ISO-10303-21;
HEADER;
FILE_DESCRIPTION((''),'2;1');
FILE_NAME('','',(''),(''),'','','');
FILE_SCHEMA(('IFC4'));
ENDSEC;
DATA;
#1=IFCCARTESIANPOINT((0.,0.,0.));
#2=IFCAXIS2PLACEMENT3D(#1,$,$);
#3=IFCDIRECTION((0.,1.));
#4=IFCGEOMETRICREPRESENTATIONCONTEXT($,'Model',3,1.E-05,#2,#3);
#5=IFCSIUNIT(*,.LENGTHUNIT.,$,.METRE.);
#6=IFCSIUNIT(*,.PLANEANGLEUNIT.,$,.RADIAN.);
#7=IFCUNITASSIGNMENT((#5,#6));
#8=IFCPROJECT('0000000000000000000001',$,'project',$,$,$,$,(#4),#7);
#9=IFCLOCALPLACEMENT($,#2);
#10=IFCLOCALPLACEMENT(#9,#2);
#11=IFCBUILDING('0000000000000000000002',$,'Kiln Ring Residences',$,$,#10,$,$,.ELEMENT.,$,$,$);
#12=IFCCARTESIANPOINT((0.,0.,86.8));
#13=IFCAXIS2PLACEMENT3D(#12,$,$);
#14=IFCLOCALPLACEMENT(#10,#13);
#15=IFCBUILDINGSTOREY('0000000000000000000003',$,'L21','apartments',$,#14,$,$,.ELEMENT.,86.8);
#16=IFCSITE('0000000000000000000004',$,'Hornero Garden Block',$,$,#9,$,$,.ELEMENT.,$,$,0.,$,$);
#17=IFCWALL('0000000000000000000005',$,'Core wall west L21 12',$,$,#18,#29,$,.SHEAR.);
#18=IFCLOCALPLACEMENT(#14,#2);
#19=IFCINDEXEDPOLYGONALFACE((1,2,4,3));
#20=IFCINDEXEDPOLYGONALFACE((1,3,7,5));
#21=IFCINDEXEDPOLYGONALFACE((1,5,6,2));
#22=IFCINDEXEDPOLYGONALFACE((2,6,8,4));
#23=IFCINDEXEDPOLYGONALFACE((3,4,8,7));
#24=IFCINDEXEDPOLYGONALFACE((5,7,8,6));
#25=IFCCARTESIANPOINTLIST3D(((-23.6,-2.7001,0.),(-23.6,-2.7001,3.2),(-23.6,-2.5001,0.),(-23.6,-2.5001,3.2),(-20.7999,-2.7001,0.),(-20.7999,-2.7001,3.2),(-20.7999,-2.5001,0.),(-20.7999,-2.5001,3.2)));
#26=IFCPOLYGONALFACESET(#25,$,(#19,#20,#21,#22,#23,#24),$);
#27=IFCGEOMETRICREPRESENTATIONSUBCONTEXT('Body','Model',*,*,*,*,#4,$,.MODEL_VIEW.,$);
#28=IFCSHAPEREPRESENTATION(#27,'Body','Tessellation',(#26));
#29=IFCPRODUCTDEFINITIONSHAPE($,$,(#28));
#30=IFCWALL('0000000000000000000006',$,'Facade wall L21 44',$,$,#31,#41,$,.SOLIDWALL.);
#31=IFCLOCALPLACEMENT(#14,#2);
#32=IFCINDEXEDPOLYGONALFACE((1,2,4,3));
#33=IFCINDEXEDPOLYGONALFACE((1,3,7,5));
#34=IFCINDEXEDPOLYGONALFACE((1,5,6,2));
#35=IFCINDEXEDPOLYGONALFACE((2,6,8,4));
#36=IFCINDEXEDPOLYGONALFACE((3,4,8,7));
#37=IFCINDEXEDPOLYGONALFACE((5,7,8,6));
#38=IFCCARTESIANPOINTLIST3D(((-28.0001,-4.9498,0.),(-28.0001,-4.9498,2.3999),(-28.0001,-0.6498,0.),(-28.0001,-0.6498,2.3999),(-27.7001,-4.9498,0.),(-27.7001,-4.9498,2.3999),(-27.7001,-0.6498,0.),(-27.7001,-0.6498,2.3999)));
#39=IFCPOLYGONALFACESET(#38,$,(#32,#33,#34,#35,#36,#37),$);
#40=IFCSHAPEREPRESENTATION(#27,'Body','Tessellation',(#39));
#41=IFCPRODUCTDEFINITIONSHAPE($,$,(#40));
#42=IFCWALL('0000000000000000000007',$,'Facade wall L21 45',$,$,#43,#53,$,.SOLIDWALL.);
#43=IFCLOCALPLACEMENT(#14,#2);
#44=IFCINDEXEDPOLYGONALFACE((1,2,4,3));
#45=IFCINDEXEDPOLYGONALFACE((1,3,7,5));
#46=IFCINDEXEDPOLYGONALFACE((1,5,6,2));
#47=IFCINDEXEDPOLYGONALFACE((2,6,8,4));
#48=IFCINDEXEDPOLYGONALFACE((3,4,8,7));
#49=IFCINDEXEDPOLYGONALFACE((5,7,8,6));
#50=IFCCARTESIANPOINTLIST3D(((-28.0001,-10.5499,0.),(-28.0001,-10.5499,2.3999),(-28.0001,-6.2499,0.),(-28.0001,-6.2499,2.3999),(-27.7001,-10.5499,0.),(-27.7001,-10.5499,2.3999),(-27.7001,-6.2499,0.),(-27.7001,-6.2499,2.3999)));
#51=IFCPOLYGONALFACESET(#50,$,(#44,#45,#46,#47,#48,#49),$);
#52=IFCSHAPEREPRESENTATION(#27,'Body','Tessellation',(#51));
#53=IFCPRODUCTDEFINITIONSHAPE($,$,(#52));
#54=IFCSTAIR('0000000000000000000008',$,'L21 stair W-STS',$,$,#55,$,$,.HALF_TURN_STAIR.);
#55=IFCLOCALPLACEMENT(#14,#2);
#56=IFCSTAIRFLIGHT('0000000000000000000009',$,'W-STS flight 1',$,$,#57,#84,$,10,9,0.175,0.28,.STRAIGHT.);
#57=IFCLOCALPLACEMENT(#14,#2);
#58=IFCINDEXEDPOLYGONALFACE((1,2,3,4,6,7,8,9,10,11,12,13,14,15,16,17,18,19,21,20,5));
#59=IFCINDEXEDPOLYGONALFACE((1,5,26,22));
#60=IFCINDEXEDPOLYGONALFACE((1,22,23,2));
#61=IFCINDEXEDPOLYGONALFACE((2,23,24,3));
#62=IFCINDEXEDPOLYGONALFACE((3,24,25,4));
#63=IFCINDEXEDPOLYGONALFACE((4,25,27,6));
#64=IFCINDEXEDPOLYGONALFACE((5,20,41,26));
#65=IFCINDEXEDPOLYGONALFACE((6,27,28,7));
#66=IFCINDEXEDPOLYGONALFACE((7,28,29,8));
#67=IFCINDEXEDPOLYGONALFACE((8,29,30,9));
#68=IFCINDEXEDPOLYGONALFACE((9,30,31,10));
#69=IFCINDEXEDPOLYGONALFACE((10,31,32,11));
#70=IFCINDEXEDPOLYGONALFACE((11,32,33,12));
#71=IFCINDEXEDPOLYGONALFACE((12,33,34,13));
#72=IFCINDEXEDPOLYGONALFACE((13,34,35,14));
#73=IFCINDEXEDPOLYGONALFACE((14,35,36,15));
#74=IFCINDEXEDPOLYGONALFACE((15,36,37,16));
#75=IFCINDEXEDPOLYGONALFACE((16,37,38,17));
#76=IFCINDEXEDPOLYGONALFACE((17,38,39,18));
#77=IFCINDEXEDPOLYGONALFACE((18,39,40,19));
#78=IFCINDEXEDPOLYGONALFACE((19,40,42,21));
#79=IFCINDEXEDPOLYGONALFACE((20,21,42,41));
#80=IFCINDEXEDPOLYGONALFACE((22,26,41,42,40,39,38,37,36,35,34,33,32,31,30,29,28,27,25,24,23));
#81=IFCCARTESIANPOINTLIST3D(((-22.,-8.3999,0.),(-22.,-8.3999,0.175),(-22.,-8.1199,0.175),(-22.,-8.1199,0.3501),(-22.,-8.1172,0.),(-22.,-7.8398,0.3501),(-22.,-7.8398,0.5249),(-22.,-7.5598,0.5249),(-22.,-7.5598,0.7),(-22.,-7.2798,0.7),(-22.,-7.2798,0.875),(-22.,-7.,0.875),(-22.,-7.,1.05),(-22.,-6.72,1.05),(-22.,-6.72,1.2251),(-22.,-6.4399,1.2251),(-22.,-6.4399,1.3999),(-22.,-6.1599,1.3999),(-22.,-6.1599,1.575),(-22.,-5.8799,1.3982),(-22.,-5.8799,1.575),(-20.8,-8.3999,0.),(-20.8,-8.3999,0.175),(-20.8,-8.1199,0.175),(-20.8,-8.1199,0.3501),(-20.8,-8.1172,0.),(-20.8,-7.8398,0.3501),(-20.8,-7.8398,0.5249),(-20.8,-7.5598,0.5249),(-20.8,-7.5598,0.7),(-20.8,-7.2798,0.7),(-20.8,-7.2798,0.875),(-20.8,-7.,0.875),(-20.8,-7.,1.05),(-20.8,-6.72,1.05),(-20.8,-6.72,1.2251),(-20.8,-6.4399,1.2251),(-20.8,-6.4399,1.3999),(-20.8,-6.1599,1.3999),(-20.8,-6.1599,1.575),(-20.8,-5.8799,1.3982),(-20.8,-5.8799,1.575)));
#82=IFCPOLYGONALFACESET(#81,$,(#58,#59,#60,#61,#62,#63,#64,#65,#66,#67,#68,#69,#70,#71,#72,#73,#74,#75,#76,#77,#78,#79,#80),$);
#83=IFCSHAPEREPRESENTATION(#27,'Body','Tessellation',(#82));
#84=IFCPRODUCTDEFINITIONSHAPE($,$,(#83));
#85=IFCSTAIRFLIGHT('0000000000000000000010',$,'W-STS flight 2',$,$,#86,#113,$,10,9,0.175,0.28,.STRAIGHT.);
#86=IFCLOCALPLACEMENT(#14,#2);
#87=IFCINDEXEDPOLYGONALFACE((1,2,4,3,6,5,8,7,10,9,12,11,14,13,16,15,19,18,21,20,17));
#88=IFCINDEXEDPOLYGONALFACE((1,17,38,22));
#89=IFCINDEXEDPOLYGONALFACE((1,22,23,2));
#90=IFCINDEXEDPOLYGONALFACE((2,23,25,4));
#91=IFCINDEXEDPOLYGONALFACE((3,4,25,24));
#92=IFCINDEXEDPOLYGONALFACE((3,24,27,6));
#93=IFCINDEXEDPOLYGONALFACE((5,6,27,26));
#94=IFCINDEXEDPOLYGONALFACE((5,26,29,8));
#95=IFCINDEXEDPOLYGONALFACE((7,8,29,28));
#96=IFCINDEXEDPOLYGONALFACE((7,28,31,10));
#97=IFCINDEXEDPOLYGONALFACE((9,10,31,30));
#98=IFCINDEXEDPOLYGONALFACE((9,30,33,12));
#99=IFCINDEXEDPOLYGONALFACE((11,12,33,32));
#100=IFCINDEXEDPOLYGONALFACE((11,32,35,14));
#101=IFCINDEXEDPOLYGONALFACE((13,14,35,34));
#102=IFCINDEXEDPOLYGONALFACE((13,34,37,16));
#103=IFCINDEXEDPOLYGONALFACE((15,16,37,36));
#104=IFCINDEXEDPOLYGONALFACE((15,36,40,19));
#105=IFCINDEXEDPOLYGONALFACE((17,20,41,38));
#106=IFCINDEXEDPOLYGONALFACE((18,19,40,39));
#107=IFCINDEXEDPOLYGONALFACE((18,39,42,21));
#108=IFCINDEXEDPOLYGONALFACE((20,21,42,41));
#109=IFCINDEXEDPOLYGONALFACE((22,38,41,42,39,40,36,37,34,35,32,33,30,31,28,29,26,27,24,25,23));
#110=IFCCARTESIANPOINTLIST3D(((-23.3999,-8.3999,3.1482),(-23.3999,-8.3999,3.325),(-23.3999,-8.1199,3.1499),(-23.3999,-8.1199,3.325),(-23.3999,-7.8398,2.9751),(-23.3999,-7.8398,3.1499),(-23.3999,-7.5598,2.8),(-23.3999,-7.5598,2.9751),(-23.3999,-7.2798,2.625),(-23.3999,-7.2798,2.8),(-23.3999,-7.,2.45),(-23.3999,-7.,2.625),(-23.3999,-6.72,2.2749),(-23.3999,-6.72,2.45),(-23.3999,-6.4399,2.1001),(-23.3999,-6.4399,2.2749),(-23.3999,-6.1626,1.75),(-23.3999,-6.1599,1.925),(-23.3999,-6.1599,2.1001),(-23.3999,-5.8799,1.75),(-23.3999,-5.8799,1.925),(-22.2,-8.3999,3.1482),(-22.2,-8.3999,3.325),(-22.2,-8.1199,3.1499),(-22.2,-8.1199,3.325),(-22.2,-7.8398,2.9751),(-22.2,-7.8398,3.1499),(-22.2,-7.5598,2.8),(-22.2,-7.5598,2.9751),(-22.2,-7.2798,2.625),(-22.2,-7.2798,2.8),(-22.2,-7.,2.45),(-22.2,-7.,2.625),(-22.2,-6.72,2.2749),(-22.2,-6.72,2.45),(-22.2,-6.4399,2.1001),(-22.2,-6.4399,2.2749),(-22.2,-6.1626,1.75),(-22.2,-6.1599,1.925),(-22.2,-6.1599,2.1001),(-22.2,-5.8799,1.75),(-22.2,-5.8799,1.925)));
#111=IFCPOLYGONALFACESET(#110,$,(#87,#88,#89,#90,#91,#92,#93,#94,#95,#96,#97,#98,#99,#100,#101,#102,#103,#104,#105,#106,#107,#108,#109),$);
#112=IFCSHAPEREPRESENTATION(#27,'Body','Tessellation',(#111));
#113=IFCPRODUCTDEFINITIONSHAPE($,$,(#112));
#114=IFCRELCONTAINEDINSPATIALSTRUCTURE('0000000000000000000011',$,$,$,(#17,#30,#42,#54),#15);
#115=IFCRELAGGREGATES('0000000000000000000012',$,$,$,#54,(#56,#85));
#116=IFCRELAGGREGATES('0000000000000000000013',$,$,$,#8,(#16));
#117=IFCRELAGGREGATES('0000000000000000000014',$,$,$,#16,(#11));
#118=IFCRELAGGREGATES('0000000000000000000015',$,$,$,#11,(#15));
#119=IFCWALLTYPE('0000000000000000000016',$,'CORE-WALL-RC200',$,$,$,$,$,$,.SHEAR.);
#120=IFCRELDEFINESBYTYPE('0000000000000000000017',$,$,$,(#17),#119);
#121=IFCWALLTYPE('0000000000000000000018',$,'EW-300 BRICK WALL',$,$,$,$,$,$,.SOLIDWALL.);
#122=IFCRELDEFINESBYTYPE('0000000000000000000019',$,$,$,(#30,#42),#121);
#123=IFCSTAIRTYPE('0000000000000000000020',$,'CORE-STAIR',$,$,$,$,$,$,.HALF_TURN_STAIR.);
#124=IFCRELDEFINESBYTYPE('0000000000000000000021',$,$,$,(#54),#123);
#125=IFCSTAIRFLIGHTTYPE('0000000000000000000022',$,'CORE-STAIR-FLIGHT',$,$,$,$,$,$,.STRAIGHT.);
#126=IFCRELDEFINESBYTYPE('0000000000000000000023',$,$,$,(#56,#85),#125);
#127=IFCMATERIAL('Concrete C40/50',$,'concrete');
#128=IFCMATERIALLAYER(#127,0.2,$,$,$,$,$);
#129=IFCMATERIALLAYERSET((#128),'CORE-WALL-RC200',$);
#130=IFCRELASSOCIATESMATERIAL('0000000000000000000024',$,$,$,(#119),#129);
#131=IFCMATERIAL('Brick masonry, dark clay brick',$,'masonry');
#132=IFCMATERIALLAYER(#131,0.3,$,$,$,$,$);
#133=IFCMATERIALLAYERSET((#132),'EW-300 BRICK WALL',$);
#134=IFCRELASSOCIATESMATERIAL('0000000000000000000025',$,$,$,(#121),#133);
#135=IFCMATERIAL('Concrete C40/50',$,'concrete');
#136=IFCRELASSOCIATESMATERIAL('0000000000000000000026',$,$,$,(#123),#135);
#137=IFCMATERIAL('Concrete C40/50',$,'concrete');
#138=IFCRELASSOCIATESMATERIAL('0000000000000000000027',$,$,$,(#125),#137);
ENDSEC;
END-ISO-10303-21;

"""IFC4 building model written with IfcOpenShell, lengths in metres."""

from ifc_helpers import new_model, si_unit, direction, frame, frame_2d, origin, place, context, subcontext, project, spatial, polyline, rectangle, outline, extrude, material, layer, layer_set, type_object, element, aggregate, save


model = new_model("IFC4")

# Units and contexts
model_context = context("Model", 3, precision=1e-05, world=origin(), true_north=direction((0.0, 1.0)))
body_context = subcontext(model_context, "Body", "Model", "MODEL_VIEW")
ifc_project = project(units=[si_unit("LENGTHUNIT", "METRE"), si_unit("PLANEANGLEUNIT", "RADIAN")], contexts=[model_context])

# Site, building, storey
site_placement = place(None, origin())
site = spatial("IfcSite", under=ifc_project, at=site_placement, Name="Hornero Garden Block", CompositionType="ELEMENT", RefElevation=0.0)
building_placement = place(site_placement, origin())
building = spatial("IfcBuilding", under=site, at=building_placement, Name="Kiln Ring Residences", CompositionType="ELEMENT")
storey_placement = place(building_placement, frame((0.0, 0.0, 86.8)))
storey = spatial("IfcBuildingStorey", under=building, at=storey_placement, Name="L21", Description="apartments", CompositionType="ELEMENT", Elevation=86.8)

# Walls
ifc_material_1 = material(Name="Concrete C40/50", Category="concrete")
ifc_layer_1 = layer(ifc_material_1, 0.2)
ifc_layer_set_1 = layer_set([ifc_layer_1], Name="CORE-WALL-RC200")
wall_type_1 = type_object("IfcWallType", Name="CORE-WALL-RC200", PredefinedType="SHEAR", material=ifc_layer_set_1)
wall_1_placement = place(storey_placement, frame((-20.8, -2.6001, 0.0), z_axis=(0.0, 0.0, 1.0), x_axis=(-1.0, 0.0, 0.0)))
element("IfcWall", 1, at=wall_1_placement, inside=storey, type_object=wall_type_1, Name="Core wall west L21 12", PredefinedType="SHEAR", context=body_context, shape_type="SweptSolid", body=[
    extrude(rectangle(XDim=2.8, YDim=0.2, at=frame_2d((1.3999, 0.0))), origin(), (0.0, 0.0, 1.0), 3.2),
])
ifc_material_2 = material(Name="Brick masonry, dark clay brick", Category="masonry")
ifc_layer_2 = layer(ifc_material_2, 0.3)
ifc_layer_set_2 = layer_set([ifc_layer_2], Name="EW-300 BRICK WALL")
wall_type_2 = type_object("IfcWallType", Name="EW-300 BRICK WALL", PredefinedType="SOLIDWALL", material=ifc_layer_set_2)
for number, where, z_axis, x_axis, name in (
    (2, (-27.8501, -0.6499, 0.0), (0.0, 0.0, 1.0), (0.0, -1.0, 0.0), "Facade wall L21 44"),
    (3, (-27.8501, -6.25, 0.0), (0.0, 0.0, 1.0), (0.0, -1.0, 0.0), "Facade wall L21 45"),
):
    element("IfcWall", number, at=place(storey_placement, frame(where, z_axis=z_axis, x_axis=x_axis)), inside=storey, type_object=wall_type_2, Name=name, PredefinedType="SOLIDWALL", context=body_context, shape_type="SweptSolid", body=[
        extrude(rectangle(XDim=4.3, YDim=0.3, at=frame_2d((2.1499, 0.0))), origin(), (0.0, 0.0, 1.0), 2.3999),
    ])

# Stair, stair flights
ifc_material_3 = material(Name="Concrete C40/50", Category="concrete")
stair_type = type_object("IfcStairType", Name="CORE-STAIR", PredefinedType="HALF_TURN_STAIR", material=ifc_material_3)
stair_placement = place(storey_placement, origin())
stair = element("IfcStair", 4, at=stair_placement, inside=storey, type_object=stair_type, Name="L21 stair W-STS", PredefinedType="HALF_TURN_STAIR")
ifc_material_4 = material(Name="Concrete C40/50", Category="concrete")
stair_flight_type = type_object("IfcStairFlightType", Name="CORE-STAIR-FLIGHT", PredefinedType="STRAIGHT", material=ifc_material_4)
stair_flight_1_placement = place(storey_placement, frame((-21.3999, -8.3999, 0.0), z_axis=(0.0, 0.0, 1.0), x_axis=(0.0, 1.0, 0.0)))
stair_flight_1 = element("IfcStairFlight", 5, at=stair_flight_1_placement, type_object=stair_flight_type, Name="W-STS flight 1", NumberOfRisers=10, NumberOfTreads=9, PredefinedType="STRAIGHT", RiserHeight=0.175, TreadLength=0.28, context=body_context, shape_type="SweptSolid", body=[
    extrude(outline(polyline([(0.0, 0.0), (0.0, 0.175), (0.28, 0.175), (0.28, 0.3501), (0.5601, 0.3501), (0.5601, 0.5249), (0.8401, 0.5249), (0.8401, 0.7), (1.1201, 0.7), (1.1201, 0.875), (1.3999, 0.875), (1.3999, 1.05), (1.6799, 1.05), (1.6799, 1.2251), (1.96, 1.2251), (1.96, 1.3999), (2.24, 1.3999), (2.24, 1.575), (2.52, 1.575), (2.52, 1.75), (2.52, 1.3982), (0.2827, 0.0), (0.0, 0.0)])), frame((0.0, 0.6001, 0.0), z_axis=(0.0, -1.0, 0.0), x_axis=(1.0, 0.0, 0.0)), (0.0, 0.0, 1.0), 1.2),
])
stair_flight_2_placement = place(storey_placement, frame((-22.8, -5.8799, 1.75), z_axis=(0.0, 0.0, 1.0), x_axis=(0.0, -1.0, 0.0)))
stair_flight_2 = element("IfcStairFlight", 6, at=stair_flight_2_placement, type_object=stair_flight_type, Name="W-STS flight 2", NumberOfRisers=10, NumberOfTreads=9, PredefinedType="STRAIGHT", RiserHeight=0.175, TreadLength=0.28, context=body_context, shape_type="SweptSolid", body=[
    extrude(outline(polyline([(0.0, 0.0), (0.0, 0.175), (0.28, 0.175), (0.28, 0.3501), (0.5601, 0.3501), (0.5601, 0.5249), (0.8401, 0.5249), (0.8401, 0.7), (1.1201, 0.7), (1.1201, 0.875), (1.3999, 0.875), (1.3999, 1.05), (1.6799, 1.05), (1.6799, 1.2251), (1.96, 1.2251), (1.96, 1.3999), (2.24, 1.3999), (2.24, 1.575), (2.52, 1.575), (2.52, 1.75), (2.52, 1.3982), (0.2827, 0.0), (0.0, 0.0)])), frame((0.0, 0.6001, 0.0), z_axis=(0.0, -1.0, 0.0), x_axis=(1.0, 0.0, 0.0)), (0.0, 0.0, 1.0), 1.2),
])
aggregate(stair, [stair_flight_1, stair_flight_2])

save(model, "model.ifc")
